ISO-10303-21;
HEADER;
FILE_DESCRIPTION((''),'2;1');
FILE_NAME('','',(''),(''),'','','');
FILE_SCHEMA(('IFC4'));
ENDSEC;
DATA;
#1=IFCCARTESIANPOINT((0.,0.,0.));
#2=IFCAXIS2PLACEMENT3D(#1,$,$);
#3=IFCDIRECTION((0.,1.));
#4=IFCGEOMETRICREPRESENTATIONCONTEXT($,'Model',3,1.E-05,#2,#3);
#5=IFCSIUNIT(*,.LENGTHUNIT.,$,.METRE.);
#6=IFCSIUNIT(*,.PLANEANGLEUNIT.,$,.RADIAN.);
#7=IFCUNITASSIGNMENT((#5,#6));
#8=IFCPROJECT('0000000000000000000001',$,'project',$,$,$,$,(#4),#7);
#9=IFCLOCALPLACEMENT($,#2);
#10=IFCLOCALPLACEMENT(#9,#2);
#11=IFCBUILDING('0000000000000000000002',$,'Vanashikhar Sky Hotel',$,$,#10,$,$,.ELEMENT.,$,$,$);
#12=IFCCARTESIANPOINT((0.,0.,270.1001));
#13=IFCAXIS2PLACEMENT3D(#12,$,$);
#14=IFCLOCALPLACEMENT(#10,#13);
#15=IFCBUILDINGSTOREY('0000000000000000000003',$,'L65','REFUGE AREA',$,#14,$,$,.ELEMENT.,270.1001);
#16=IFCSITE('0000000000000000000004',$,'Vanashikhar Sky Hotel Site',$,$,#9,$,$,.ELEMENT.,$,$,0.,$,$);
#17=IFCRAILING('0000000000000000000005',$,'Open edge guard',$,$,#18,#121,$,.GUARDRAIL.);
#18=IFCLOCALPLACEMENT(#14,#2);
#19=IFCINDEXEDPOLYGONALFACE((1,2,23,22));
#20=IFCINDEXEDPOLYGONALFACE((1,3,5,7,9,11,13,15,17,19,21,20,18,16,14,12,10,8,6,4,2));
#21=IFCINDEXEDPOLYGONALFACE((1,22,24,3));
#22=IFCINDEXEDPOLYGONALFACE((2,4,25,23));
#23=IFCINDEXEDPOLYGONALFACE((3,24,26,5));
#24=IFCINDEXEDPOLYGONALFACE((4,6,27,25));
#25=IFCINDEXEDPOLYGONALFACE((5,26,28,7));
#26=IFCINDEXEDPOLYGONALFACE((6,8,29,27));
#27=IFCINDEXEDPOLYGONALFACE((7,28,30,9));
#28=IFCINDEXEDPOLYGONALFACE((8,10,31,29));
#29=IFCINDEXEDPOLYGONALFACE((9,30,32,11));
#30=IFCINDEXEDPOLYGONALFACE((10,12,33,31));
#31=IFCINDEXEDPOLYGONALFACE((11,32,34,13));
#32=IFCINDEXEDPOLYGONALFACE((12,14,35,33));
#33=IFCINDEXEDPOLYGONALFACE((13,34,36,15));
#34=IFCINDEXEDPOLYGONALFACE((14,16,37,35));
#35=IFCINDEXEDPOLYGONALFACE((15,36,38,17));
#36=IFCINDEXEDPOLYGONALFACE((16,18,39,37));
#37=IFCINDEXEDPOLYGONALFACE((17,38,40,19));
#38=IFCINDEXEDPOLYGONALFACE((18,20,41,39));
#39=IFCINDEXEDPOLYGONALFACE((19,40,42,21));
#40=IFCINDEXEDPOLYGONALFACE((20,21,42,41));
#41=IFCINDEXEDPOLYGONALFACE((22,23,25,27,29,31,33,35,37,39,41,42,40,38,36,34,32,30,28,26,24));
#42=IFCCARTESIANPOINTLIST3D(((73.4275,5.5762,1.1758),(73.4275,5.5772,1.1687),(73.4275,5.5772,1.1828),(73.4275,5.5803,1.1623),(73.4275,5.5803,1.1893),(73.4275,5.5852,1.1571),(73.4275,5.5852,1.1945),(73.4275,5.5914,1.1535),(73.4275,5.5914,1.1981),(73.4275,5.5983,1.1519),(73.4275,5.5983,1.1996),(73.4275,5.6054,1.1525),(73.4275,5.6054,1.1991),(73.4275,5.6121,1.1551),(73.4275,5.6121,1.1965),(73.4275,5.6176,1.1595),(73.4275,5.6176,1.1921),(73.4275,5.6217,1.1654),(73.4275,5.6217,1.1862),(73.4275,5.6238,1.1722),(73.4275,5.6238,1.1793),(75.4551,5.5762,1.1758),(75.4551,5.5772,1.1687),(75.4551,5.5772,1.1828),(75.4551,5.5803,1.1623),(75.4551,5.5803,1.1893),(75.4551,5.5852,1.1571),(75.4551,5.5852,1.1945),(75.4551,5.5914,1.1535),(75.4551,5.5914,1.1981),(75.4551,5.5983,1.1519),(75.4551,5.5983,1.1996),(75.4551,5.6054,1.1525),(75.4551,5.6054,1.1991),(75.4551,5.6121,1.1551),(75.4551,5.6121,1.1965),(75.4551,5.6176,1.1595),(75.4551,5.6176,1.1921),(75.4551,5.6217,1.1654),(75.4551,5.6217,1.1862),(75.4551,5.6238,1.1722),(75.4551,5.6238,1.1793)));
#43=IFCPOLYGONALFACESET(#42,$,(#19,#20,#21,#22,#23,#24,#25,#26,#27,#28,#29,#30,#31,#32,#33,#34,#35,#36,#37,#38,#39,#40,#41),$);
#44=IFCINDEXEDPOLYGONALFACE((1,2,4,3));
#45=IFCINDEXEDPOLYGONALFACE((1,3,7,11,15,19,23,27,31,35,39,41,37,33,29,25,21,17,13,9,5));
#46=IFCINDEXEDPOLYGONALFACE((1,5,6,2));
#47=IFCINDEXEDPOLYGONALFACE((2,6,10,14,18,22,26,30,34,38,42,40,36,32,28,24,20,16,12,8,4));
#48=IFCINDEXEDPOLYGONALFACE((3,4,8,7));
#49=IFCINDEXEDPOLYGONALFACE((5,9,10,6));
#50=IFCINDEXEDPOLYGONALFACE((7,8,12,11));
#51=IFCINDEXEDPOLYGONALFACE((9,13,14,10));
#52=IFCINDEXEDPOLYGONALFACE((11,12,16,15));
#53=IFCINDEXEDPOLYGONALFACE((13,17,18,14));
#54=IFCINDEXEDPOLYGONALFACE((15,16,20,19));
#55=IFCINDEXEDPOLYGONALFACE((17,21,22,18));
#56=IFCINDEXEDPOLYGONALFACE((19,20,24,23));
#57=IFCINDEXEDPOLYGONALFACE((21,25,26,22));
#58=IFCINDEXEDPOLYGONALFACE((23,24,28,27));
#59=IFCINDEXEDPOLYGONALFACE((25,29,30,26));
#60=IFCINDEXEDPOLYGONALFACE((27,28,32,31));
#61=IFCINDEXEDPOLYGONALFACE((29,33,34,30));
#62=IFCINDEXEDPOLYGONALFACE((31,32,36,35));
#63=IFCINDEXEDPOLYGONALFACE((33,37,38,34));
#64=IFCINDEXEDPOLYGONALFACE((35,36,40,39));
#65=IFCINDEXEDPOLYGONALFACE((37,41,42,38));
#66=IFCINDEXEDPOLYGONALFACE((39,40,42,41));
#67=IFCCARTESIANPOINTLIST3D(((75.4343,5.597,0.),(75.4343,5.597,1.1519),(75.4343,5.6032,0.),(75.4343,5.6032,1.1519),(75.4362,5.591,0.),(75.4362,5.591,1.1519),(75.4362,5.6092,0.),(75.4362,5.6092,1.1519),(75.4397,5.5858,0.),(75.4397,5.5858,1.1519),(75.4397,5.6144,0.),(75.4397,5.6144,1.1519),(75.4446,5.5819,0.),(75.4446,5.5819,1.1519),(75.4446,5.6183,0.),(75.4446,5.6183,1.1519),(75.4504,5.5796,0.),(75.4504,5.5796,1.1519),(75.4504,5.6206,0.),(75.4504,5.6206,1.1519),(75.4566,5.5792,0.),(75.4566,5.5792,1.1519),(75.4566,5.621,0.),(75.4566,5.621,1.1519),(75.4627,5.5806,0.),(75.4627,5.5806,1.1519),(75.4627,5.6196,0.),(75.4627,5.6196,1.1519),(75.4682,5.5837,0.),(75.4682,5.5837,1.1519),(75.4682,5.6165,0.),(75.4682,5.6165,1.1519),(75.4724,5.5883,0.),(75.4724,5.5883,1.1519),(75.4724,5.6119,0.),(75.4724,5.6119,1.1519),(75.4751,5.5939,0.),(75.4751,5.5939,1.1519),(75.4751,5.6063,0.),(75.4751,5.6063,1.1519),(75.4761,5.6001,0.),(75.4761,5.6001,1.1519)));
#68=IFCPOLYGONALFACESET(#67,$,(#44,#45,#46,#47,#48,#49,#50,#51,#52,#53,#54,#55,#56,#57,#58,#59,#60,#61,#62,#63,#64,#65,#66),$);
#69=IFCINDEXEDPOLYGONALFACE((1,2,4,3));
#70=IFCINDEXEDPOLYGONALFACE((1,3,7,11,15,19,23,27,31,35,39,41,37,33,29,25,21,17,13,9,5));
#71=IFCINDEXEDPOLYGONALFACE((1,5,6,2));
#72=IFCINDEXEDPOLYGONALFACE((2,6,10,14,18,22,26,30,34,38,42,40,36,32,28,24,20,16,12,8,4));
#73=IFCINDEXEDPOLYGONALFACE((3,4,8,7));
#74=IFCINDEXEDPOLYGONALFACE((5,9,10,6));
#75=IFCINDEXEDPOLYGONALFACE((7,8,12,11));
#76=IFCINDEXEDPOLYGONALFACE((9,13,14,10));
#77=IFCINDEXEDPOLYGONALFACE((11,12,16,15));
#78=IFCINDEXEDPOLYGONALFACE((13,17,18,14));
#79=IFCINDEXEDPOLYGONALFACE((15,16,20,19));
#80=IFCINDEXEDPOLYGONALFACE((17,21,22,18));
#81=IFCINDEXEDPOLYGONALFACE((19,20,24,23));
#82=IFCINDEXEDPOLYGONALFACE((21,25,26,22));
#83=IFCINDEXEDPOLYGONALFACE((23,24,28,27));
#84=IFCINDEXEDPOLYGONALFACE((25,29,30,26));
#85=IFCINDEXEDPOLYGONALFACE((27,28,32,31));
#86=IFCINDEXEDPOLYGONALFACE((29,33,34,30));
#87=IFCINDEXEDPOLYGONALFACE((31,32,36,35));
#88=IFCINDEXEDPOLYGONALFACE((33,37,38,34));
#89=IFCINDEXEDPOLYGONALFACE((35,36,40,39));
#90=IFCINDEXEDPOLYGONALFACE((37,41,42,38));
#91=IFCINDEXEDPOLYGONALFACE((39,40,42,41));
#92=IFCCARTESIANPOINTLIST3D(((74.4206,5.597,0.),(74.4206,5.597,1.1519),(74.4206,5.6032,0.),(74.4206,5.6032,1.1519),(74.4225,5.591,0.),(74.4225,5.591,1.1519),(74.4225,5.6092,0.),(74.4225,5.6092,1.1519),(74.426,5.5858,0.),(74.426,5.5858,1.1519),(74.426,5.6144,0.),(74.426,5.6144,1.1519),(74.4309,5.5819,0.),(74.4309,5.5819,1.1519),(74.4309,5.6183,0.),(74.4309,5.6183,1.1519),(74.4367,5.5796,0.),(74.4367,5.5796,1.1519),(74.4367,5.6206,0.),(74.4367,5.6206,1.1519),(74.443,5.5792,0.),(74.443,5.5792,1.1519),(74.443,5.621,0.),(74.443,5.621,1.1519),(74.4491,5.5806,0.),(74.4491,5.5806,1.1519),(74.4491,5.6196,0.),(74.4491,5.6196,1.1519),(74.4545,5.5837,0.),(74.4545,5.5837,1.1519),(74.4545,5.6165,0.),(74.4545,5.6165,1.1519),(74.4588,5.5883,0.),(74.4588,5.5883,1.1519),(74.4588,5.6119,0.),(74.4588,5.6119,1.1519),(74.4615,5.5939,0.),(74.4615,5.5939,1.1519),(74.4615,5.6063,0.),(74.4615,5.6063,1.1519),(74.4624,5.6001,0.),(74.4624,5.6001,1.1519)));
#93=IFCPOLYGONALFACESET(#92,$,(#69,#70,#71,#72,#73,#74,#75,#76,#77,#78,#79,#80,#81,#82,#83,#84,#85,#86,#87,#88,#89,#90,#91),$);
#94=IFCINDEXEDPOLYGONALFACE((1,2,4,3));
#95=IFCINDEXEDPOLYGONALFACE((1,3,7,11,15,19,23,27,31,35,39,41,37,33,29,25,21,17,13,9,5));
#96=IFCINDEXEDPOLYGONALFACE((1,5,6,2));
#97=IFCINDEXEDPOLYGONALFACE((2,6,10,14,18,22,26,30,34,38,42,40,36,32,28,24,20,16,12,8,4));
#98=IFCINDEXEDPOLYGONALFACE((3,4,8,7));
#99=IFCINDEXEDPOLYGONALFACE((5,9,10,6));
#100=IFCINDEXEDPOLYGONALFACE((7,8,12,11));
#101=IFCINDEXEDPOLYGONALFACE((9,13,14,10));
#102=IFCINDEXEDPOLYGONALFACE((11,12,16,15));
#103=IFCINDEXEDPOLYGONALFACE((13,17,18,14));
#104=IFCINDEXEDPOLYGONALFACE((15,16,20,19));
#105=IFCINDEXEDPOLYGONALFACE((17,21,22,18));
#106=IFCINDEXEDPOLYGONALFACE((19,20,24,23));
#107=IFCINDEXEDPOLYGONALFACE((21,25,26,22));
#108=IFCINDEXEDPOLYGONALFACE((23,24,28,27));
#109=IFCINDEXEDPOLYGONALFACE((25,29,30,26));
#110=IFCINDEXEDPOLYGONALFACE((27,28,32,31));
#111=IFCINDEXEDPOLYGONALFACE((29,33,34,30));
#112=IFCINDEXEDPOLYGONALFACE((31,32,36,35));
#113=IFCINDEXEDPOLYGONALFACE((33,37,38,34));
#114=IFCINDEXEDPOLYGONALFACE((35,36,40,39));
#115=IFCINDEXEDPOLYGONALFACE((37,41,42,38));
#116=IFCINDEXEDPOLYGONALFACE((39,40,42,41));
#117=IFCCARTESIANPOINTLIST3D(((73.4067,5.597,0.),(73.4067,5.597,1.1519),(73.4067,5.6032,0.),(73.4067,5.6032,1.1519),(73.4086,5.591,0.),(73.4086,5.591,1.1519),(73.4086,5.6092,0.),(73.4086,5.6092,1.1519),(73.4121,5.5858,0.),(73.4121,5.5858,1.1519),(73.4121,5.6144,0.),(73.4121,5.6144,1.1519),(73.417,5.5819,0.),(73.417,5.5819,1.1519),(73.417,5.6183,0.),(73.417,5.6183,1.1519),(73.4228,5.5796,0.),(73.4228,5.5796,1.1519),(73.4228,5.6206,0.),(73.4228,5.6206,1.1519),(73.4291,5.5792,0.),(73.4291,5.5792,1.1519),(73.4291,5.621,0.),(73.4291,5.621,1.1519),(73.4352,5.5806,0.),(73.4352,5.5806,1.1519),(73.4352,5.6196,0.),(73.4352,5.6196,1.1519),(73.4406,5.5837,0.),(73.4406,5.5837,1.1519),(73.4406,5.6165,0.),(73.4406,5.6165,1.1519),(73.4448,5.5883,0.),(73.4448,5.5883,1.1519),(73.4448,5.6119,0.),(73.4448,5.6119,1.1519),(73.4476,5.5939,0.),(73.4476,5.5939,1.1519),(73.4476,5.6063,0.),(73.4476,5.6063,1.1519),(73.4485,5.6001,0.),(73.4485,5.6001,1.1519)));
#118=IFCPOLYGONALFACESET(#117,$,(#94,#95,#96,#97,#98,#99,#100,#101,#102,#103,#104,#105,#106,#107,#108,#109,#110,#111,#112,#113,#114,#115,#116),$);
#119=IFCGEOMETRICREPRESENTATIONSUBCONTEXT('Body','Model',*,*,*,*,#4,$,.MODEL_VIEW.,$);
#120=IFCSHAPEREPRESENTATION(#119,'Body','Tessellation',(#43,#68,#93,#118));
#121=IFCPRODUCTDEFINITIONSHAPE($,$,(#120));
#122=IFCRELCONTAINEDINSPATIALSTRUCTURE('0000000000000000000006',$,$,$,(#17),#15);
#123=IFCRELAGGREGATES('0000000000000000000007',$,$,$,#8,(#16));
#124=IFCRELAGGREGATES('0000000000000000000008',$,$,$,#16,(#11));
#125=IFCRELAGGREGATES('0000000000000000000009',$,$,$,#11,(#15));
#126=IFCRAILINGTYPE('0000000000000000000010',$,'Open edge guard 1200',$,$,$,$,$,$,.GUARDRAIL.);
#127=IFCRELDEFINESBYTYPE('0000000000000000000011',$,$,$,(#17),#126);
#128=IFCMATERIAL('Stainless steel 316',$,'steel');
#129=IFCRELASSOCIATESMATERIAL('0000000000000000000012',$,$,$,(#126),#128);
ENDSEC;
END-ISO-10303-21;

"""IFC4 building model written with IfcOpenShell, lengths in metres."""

from ifc_helpers import new_model, si_unit, direction, frame, origin, origin_2d, place, context, subcontext, project, spatial, circle, extrude, source, transform, mapped, material, type_object, element, save


model = new_model("IFC4")

# Units and contexts
model_context = context("Model", 3, precision=1e-05, world=origin(), true_north=direction((0.0, 1.0)))
body_context = subcontext(model_context, "Body", "Model", "MODEL_VIEW")
ifc_project = project(units=[si_unit("LENGTHUNIT", "METRE"), si_unit("PLANEANGLEUNIT", "RADIAN")], contexts=[model_context])

# Site, building, storey
site_placement = place(None, origin())
site = spatial("IfcSite", under=ifc_project, at=site_placement, Name="Vanashikhar Sky Hotel Site", CompositionType="ELEMENT", RefElevation=0.0)
building_placement = place(site_placement, origin())
building = spatial("IfcBuilding", under=site, at=building_placement, Name="Vanashikhar Sky Hotel", CompositionType="ELEMENT")
storey_placement = place(building_placement, frame((0.0, 0.0, 270.1001)))
storey = spatial("IfcBuildingStorey", under=building, at=storey_placement, Name="L65", Description="REFUGE AREA", CompositionType="ELEMENT", Elevation=270.1001)

# Railing
ifc_material_1 = material(Name="Stainless steel 316", Category="steel")
railing_type = type_object("IfcRailingType", Name="Open edge guard 1200", PredefinedType="GUARDRAIL", material=ifc_material_1)
shared_shape_1 = source(origin(), body_context, "Body", "SweptSolid", [
    extrude(circle(Radius=0.0239, at=origin_2d()), frame((0.0, 0.0, 1.1758), z_axis=(-1.0, 0.0, 0.0), x_axis=(0.0, -1.0, 0.0)), (0.0, 0.0, 1.0), 2.0276),
    extrude(circle(Radius=0.021, at=origin_2d()), origin(), (0.0, 0.0, 1.0), 1.1519),
    extrude(circle(Radius=0.021, at=origin_2d()), frame((-1.0137, 0.0, 0.0)), (0.0, 0.0, 1.0), 1.1519),
    extrude(circle(Radius=0.021, at=origin_2d()), frame((-2.0276, 0.0, 0.0)), (0.0, 0.0, 1.0), 1.1519),
])
for number, where, name in (
    (1, (75.4551, 5.6001, 0.0), "Open edge guard"),
):
    element("IfcRailing", number, at=place(storey_placement, frame(where)), inside=storey, type_object=railing_type, Name=name, PredefinedType="GUARDRAIL", context=body_context, shape_type="MappedRepresentation", body=[
        mapped(shared_shape_1, transform((0.0, 0.0, 0.0), scale=1.0)),
    ])

save(model, "model.ifc")
